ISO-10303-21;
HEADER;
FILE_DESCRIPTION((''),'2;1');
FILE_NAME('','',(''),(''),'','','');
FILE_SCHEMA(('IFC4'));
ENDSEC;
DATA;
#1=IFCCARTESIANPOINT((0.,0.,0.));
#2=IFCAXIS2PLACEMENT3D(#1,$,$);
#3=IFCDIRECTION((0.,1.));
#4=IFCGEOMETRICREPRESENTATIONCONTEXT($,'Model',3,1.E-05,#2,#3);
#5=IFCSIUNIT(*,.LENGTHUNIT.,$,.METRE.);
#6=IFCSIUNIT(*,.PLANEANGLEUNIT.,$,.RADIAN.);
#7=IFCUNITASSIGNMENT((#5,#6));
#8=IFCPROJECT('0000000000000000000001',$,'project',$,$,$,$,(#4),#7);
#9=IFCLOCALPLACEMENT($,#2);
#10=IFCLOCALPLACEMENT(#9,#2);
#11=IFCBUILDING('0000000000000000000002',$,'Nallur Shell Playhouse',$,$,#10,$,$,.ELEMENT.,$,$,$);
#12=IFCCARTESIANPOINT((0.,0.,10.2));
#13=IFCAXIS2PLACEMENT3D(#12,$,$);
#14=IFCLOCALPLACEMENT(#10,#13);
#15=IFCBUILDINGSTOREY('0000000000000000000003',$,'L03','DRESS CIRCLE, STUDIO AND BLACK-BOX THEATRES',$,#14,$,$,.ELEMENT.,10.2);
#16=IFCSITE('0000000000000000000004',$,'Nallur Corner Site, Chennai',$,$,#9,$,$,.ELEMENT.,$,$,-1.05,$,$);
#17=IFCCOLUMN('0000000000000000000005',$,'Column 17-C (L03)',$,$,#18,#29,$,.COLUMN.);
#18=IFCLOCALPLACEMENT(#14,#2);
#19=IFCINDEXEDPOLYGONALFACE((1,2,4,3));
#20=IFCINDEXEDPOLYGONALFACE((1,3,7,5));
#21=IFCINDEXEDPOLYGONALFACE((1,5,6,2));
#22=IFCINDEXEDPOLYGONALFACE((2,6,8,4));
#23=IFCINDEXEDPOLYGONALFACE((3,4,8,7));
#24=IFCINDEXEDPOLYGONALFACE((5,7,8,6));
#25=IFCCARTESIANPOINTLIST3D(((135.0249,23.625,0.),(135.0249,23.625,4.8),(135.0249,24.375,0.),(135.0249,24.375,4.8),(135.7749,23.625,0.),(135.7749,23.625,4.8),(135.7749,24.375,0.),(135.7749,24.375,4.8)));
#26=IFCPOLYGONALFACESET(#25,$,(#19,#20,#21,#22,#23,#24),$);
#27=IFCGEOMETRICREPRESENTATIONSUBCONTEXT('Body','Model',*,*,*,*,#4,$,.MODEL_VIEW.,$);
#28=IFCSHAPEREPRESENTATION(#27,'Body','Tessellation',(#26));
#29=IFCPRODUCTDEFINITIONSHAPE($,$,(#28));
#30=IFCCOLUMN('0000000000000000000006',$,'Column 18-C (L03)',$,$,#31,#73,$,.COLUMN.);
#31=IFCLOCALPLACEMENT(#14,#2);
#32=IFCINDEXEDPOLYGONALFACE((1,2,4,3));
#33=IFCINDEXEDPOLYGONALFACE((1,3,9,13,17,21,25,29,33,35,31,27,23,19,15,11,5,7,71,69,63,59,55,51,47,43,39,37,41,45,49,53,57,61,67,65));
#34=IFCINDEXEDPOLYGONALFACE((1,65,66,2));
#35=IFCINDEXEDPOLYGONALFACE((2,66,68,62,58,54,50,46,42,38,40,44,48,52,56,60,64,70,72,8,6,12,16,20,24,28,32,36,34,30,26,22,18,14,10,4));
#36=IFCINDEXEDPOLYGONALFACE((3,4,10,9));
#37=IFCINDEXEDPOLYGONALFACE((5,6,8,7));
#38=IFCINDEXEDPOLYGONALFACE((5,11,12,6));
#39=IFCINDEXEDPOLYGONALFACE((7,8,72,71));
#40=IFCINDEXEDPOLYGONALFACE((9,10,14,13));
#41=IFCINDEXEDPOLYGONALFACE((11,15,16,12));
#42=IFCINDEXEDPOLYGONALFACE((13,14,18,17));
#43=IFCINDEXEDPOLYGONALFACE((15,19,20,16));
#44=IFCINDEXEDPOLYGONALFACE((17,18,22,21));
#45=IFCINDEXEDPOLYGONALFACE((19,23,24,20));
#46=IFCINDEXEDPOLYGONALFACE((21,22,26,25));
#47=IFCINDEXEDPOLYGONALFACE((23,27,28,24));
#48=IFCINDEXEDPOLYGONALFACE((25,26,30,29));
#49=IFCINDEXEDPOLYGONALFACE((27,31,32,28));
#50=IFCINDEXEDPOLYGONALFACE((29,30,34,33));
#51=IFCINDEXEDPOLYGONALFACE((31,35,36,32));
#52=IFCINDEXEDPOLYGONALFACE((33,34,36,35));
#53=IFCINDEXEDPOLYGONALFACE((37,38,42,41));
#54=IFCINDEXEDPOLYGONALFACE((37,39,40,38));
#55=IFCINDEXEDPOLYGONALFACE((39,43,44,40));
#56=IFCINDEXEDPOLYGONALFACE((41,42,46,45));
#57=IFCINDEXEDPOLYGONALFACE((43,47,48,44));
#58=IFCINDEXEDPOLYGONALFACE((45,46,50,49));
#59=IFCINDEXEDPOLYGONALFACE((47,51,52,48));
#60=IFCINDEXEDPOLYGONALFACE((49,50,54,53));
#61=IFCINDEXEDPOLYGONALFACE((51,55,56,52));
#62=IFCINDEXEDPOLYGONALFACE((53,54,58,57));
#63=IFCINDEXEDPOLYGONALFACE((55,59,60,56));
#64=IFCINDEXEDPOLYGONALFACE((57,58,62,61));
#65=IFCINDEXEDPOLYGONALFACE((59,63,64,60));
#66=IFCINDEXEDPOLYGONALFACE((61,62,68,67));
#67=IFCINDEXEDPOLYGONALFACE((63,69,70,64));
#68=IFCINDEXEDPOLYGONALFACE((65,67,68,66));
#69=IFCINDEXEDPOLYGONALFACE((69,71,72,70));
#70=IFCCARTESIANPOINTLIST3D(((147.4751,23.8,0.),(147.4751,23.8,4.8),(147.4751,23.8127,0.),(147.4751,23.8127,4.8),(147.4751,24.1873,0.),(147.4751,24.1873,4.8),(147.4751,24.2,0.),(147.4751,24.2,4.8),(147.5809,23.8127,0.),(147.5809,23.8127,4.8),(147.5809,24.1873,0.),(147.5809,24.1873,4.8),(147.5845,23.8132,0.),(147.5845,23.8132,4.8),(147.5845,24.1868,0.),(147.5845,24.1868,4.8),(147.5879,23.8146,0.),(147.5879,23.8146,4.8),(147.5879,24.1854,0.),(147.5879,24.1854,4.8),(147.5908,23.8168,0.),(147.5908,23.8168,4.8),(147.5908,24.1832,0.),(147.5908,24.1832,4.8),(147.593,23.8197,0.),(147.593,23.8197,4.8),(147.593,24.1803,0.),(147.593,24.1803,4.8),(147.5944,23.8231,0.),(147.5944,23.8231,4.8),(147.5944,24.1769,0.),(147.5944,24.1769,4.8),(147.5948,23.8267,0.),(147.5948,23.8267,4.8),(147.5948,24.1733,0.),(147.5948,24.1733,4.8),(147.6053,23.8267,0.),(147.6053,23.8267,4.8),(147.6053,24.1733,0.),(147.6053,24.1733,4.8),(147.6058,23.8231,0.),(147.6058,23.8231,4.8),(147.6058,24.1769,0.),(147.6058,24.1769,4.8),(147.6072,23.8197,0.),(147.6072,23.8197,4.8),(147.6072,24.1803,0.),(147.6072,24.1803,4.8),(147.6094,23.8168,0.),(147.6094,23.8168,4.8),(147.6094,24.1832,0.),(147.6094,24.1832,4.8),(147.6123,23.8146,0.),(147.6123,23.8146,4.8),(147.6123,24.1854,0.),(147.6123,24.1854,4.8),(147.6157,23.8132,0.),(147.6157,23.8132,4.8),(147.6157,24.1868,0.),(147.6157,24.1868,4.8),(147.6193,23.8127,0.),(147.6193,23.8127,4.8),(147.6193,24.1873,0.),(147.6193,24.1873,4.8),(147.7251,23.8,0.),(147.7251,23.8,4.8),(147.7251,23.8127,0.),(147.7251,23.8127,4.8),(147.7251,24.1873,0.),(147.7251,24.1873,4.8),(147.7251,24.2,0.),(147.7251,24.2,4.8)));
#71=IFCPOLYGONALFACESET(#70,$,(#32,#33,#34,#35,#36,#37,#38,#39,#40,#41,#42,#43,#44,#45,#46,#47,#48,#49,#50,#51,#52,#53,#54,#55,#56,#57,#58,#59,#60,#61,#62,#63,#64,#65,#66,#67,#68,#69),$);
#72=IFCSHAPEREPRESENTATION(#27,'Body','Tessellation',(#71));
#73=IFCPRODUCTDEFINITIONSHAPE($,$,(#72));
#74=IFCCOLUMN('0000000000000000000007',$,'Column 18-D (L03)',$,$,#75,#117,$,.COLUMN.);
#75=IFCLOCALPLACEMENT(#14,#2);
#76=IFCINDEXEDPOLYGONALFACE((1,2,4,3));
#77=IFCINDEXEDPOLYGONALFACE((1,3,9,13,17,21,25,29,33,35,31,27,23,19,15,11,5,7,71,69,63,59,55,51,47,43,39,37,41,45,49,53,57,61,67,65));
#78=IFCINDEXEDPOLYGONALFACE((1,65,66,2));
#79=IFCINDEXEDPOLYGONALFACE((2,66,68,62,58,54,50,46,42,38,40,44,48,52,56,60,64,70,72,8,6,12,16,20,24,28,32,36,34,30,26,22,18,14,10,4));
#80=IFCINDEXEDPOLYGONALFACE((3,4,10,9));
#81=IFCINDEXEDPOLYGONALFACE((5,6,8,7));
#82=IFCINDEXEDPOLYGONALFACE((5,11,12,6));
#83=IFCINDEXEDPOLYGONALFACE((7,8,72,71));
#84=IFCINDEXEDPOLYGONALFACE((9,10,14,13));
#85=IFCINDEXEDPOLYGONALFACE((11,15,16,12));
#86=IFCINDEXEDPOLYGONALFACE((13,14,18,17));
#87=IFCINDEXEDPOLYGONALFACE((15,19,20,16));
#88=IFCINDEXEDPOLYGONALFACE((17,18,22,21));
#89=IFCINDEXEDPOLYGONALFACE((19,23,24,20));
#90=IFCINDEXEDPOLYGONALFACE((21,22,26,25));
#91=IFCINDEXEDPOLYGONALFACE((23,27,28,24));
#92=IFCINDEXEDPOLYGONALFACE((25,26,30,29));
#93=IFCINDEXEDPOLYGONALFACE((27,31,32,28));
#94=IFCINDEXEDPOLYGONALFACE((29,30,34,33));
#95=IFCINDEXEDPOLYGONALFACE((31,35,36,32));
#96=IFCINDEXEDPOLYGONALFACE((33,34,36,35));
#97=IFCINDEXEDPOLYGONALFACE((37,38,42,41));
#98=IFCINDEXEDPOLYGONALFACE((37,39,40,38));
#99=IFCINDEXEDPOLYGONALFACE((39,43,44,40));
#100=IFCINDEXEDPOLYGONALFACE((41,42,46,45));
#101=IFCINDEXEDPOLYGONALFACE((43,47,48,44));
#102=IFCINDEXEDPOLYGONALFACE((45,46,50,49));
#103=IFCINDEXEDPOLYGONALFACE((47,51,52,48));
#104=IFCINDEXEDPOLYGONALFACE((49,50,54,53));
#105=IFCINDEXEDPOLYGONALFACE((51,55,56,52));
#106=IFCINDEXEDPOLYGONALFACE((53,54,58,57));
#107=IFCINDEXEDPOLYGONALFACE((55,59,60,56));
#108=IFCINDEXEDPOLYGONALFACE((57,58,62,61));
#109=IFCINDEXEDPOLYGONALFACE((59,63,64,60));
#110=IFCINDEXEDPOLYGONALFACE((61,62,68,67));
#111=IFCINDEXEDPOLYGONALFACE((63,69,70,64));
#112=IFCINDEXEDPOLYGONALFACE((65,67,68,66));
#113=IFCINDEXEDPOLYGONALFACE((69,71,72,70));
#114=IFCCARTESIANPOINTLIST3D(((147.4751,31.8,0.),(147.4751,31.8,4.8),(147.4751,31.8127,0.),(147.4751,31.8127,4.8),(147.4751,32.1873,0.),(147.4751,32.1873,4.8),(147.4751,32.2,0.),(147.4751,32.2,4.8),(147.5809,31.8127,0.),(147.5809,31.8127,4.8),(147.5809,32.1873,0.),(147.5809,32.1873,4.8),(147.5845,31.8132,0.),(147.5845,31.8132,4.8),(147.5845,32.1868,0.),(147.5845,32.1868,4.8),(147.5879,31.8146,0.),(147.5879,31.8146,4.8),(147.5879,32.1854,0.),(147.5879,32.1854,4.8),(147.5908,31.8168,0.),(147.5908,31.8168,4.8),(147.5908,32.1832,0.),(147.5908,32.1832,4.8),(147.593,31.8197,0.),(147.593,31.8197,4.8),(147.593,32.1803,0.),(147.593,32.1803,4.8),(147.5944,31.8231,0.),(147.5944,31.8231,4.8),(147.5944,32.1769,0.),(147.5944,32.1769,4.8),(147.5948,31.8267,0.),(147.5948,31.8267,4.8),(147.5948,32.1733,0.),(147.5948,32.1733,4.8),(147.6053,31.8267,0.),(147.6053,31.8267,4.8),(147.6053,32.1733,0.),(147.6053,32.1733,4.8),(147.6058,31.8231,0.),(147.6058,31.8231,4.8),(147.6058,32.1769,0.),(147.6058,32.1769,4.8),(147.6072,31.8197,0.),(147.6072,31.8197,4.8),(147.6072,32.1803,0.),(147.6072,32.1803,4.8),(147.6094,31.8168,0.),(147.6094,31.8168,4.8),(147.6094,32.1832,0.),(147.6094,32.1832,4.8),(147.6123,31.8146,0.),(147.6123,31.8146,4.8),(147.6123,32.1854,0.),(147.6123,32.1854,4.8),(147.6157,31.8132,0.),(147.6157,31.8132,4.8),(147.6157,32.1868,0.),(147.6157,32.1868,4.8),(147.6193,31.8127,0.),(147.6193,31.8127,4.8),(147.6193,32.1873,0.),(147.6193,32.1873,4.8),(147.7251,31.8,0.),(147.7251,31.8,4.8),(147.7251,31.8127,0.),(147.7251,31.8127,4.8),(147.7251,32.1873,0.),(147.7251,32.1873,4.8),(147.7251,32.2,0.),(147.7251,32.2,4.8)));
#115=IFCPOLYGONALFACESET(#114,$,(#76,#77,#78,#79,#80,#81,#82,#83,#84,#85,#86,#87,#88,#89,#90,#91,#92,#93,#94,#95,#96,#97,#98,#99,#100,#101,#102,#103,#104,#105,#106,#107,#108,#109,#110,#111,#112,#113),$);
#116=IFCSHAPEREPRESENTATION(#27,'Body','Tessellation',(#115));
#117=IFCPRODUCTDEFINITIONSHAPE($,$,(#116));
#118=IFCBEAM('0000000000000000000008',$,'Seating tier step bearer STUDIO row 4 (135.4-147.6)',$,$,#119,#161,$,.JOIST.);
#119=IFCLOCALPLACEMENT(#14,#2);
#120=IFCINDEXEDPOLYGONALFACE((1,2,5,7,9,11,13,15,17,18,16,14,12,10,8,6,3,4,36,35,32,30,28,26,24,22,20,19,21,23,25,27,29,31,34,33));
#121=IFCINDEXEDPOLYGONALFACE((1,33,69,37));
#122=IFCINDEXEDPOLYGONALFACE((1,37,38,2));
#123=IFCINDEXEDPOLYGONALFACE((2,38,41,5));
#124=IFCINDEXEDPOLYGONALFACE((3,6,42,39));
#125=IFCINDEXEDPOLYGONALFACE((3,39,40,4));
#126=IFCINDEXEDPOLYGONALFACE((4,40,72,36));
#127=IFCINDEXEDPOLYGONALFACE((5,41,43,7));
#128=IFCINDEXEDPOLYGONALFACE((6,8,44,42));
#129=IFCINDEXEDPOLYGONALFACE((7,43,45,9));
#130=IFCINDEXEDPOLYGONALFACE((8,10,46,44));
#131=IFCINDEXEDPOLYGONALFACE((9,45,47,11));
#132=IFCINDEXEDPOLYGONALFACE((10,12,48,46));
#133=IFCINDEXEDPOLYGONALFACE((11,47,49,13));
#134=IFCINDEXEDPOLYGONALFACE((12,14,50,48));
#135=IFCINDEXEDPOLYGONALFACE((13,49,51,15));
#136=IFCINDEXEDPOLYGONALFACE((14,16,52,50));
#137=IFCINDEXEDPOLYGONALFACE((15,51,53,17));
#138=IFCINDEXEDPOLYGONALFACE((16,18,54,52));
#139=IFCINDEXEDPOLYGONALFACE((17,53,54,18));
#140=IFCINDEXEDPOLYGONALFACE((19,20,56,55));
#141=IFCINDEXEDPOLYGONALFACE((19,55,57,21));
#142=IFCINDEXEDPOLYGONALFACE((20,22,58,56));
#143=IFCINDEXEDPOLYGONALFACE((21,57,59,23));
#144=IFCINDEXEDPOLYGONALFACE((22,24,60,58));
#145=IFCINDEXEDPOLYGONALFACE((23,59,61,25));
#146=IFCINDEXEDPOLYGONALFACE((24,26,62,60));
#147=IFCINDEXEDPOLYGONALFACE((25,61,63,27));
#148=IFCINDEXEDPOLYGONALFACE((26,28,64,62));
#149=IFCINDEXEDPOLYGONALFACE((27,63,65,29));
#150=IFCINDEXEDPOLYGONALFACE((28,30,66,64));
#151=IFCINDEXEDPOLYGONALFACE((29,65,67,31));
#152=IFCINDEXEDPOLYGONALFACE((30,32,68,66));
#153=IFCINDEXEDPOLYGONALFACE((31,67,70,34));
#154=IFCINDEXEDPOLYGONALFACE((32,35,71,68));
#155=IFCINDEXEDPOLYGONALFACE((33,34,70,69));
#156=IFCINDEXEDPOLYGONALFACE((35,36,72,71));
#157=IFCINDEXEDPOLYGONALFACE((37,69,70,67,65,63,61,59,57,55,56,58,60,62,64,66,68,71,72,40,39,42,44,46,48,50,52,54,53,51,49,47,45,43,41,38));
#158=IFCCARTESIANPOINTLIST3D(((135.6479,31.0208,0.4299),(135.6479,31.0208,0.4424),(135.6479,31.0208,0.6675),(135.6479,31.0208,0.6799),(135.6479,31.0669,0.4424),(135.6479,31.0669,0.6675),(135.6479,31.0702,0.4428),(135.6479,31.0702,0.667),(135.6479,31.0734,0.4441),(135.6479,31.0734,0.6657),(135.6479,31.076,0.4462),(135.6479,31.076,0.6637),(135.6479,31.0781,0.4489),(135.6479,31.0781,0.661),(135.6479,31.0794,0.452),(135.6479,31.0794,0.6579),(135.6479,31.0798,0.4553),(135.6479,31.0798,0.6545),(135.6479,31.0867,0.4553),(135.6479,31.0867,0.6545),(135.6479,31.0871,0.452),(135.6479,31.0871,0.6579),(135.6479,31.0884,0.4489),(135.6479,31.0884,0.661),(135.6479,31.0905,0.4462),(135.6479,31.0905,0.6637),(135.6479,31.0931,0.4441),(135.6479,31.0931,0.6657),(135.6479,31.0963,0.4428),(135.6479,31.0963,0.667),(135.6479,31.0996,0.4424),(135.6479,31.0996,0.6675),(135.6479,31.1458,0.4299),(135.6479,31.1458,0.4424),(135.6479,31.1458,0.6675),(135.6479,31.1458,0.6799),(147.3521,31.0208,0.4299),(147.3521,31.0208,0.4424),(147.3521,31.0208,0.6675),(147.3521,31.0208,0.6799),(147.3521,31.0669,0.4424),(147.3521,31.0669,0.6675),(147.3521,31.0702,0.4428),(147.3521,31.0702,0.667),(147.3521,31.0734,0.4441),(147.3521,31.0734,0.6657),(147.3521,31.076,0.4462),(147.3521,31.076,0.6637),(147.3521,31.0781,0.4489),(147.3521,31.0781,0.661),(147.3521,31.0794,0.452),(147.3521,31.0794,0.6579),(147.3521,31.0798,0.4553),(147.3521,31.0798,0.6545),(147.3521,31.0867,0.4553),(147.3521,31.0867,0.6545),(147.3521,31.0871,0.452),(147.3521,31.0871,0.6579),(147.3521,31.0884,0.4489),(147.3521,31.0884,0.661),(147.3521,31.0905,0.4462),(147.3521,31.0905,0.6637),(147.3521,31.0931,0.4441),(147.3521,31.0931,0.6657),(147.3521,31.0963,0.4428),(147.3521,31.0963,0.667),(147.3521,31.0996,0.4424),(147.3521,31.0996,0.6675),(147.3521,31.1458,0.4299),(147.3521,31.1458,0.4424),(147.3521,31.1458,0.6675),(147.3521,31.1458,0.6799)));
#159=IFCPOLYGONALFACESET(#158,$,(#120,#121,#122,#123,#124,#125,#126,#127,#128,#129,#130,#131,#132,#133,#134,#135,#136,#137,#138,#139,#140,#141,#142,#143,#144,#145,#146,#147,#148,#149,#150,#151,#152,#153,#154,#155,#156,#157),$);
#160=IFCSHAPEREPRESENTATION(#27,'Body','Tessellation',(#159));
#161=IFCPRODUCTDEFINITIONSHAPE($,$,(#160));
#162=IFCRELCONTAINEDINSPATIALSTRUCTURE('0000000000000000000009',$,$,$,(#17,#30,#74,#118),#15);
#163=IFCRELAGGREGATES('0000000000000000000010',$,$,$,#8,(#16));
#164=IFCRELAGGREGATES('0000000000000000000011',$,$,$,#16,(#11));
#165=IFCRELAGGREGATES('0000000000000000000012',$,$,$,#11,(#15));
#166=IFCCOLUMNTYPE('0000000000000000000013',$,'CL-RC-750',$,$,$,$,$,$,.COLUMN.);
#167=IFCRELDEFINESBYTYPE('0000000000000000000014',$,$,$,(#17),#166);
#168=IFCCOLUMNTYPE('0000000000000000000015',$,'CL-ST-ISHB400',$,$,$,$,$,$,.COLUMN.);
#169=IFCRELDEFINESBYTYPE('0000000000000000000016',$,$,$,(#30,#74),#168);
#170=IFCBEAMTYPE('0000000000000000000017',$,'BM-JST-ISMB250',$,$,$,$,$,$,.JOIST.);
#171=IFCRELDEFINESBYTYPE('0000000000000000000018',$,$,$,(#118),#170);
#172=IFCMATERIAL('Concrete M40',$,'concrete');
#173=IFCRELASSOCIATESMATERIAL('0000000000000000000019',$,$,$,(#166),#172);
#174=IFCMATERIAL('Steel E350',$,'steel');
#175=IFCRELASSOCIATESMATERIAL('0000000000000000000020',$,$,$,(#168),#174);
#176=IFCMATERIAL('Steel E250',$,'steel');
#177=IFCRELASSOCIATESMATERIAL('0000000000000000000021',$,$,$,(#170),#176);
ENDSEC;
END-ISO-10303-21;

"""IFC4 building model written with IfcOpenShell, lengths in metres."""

from ifc_helpers import new_model, si_unit, direction, frame, origin, origin_2d, place, context, subcontext, project, spatial, rectangle, i_section, extrude, material, material_profile, profile_set, type_object, element, save


model = new_model("IFC4")

# Units and contexts
model_context = context("Model", 3, precision=1e-05, world=origin(), true_north=direction((0.0, 1.0)))
body_context = subcontext(model_context, "Body", "Model", "MODEL_VIEW")
ifc_project = project(units=[si_unit("LENGTHUNIT", "METRE"), si_unit("PLANEANGLEUNIT", "RADIAN")], contexts=[model_context])

# Site, building, storey
site_placement = place(None, origin())
site = spatial("IfcSite", under=ifc_project, at=site_placement, Name="Nallur Corner Site, Chennai", CompositionType="ELEMENT", RefElevation=-1.05)
building_placement = place(site_placement, origin())
building = spatial("IfcBuilding", under=site, at=building_placement, Name="Nallur Shell Playhouse", CompositionType="ELEMENT")
storey_placement = place(building_placement, frame((0.0, 0.0, 10.2)))
storey = spatial("IfcBuildingStorey", under=building, at=storey_placement, Name="L03", Description="DRESS CIRCLE, STUDIO AND BLACK-BOX THEATRES", CompositionType="ELEMENT", Elevation=10.2)

# Columns
ifc_material_1 = material(Name="Concrete M40", Category="concrete")
ifc_material_profile_1 = material_profile(ifc_material_1, rectangle(XDim=0.75, YDim=0.75, at=origin_2d()), Name="RC 750x750")
ifc_profile_set_1 = profile_set([ifc_material_profile_1], Name="Concrete M40")
column_type_1 = type_object("IfcColumnType", Name="CL-RC-750", PredefinedType="COLUMN", material=ifc_profile_set_1)
column_placement = place(storey_placement, frame((135.3999, 24.0, 0.0), z_axis=(0.0, 0.0, 1.0), x_axis=(1.0, 0.0, 0.0)))
element("IfcColumn", 1, at=column_placement, inside=storey, type_object=column_type_1, Name="Column 17-C (L03)", PredefinedType="COLUMN", context=body_context, shape_type="SweptSolid", body=[
    extrude(rectangle(XDim=0.75, YDim=0.75, at=origin_2d()), origin(), (0.0, 0.0, 1.0), 4.8),
])
ifc_material_2 = material(Name="Steel E350", Category="steel")
ifc_material_profile_2 = material_profile(ifc_material_2, i_section(OverallWidth=0.25, OverallDepth=0.3999, WebThickness=0.0105, FlangeThickness=0.0127, FilletRadius=0.0139, at=origin_2d()), Name="ISHB 400")
ifc_profile_set_2 = profile_set([ifc_material_profile_2], Name="Steel E350")
column_type_2 = type_object("IfcColumnType", Name="CL-ST-ISHB400", PredefinedType="COLUMN", material=ifc_profile_set_2)
for number, where, z_axis, x_axis, name in (
    (2, (147.6001, 24.0, 0.0), (0.0, 0.0, 1.0), (1.0, 0.0, 0.0), "Column 18-C (L03)"),
    (3, (147.6001, 32.0, 0.0), (0.0, 0.0, 1.0), (1.0, 0.0, 0.0), "Column 18-D (L03)"),
):
    element("IfcColumn", number, at=place(storey_placement, frame(where, z_axis=z_axis, x_axis=x_axis)), inside=storey, type_object=column_type_2, Name=name, PredefinedType="COLUMN", context=body_context, shape_type="SweptSolid", body=[
        extrude(i_section(OverallWidth=0.25, OverallDepth=0.3999, WebThickness=0.0105, FlangeThickness=0.0127, FilletRadius=0.0139, at=origin_2d()), origin(), (0.0, 0.0, 1.0), 4.8),
    ])

# Beam
ifc_material_3 = material(Name="Steel E250", Category="steel")
ifc_material_profile_3 = material_profile(ifc_material_3, i_section(OverallWidth=0.125, OverallDepth=0.25, WebThickness=0.0068, FlangeThickness=0.0125, FilletRadius=0.0129, at=origin_2d()), Name="ISMB 250")
ifc_profile_set_3 = profile_set([ifc_material_profile_3], Name="Steel E250")
beam_type_1 = type_object("IfcBeamType", Name="BM-JST-ISMB250", PredefinedType="JOIST", material=ifc_profile_set_3)
for number, where, z_axis, x_axis, name in (
    (4, (135.6479, 31.0833, 0.5549), (1.0, 0.0, 0.0), (0.0, 1.0, 0.0), "Seating tier step bearer STUDIO row 4 (135.4-147.6)"),
):
    element("IfcBeam", number, at=place(storey_placement, frame(where, z_axis=z_axis, x_axis=x_axis)), inside=storey, type_object=beam_type_1, Name=name, PredefinedType="JOIST", context=body_context, shape_type="SweptSolid", body=[
        extrude(i_section(OverallWidth=0.125, OverallDepth=0.25, WebThickness=0.0068, FlangeThickness=0.0125, FilletRadius=0.0129, at=origin_2d()), origin(), (0.0, 0.0, 1.0), 11.7041),
    ])

save(model, "model.ifc")
